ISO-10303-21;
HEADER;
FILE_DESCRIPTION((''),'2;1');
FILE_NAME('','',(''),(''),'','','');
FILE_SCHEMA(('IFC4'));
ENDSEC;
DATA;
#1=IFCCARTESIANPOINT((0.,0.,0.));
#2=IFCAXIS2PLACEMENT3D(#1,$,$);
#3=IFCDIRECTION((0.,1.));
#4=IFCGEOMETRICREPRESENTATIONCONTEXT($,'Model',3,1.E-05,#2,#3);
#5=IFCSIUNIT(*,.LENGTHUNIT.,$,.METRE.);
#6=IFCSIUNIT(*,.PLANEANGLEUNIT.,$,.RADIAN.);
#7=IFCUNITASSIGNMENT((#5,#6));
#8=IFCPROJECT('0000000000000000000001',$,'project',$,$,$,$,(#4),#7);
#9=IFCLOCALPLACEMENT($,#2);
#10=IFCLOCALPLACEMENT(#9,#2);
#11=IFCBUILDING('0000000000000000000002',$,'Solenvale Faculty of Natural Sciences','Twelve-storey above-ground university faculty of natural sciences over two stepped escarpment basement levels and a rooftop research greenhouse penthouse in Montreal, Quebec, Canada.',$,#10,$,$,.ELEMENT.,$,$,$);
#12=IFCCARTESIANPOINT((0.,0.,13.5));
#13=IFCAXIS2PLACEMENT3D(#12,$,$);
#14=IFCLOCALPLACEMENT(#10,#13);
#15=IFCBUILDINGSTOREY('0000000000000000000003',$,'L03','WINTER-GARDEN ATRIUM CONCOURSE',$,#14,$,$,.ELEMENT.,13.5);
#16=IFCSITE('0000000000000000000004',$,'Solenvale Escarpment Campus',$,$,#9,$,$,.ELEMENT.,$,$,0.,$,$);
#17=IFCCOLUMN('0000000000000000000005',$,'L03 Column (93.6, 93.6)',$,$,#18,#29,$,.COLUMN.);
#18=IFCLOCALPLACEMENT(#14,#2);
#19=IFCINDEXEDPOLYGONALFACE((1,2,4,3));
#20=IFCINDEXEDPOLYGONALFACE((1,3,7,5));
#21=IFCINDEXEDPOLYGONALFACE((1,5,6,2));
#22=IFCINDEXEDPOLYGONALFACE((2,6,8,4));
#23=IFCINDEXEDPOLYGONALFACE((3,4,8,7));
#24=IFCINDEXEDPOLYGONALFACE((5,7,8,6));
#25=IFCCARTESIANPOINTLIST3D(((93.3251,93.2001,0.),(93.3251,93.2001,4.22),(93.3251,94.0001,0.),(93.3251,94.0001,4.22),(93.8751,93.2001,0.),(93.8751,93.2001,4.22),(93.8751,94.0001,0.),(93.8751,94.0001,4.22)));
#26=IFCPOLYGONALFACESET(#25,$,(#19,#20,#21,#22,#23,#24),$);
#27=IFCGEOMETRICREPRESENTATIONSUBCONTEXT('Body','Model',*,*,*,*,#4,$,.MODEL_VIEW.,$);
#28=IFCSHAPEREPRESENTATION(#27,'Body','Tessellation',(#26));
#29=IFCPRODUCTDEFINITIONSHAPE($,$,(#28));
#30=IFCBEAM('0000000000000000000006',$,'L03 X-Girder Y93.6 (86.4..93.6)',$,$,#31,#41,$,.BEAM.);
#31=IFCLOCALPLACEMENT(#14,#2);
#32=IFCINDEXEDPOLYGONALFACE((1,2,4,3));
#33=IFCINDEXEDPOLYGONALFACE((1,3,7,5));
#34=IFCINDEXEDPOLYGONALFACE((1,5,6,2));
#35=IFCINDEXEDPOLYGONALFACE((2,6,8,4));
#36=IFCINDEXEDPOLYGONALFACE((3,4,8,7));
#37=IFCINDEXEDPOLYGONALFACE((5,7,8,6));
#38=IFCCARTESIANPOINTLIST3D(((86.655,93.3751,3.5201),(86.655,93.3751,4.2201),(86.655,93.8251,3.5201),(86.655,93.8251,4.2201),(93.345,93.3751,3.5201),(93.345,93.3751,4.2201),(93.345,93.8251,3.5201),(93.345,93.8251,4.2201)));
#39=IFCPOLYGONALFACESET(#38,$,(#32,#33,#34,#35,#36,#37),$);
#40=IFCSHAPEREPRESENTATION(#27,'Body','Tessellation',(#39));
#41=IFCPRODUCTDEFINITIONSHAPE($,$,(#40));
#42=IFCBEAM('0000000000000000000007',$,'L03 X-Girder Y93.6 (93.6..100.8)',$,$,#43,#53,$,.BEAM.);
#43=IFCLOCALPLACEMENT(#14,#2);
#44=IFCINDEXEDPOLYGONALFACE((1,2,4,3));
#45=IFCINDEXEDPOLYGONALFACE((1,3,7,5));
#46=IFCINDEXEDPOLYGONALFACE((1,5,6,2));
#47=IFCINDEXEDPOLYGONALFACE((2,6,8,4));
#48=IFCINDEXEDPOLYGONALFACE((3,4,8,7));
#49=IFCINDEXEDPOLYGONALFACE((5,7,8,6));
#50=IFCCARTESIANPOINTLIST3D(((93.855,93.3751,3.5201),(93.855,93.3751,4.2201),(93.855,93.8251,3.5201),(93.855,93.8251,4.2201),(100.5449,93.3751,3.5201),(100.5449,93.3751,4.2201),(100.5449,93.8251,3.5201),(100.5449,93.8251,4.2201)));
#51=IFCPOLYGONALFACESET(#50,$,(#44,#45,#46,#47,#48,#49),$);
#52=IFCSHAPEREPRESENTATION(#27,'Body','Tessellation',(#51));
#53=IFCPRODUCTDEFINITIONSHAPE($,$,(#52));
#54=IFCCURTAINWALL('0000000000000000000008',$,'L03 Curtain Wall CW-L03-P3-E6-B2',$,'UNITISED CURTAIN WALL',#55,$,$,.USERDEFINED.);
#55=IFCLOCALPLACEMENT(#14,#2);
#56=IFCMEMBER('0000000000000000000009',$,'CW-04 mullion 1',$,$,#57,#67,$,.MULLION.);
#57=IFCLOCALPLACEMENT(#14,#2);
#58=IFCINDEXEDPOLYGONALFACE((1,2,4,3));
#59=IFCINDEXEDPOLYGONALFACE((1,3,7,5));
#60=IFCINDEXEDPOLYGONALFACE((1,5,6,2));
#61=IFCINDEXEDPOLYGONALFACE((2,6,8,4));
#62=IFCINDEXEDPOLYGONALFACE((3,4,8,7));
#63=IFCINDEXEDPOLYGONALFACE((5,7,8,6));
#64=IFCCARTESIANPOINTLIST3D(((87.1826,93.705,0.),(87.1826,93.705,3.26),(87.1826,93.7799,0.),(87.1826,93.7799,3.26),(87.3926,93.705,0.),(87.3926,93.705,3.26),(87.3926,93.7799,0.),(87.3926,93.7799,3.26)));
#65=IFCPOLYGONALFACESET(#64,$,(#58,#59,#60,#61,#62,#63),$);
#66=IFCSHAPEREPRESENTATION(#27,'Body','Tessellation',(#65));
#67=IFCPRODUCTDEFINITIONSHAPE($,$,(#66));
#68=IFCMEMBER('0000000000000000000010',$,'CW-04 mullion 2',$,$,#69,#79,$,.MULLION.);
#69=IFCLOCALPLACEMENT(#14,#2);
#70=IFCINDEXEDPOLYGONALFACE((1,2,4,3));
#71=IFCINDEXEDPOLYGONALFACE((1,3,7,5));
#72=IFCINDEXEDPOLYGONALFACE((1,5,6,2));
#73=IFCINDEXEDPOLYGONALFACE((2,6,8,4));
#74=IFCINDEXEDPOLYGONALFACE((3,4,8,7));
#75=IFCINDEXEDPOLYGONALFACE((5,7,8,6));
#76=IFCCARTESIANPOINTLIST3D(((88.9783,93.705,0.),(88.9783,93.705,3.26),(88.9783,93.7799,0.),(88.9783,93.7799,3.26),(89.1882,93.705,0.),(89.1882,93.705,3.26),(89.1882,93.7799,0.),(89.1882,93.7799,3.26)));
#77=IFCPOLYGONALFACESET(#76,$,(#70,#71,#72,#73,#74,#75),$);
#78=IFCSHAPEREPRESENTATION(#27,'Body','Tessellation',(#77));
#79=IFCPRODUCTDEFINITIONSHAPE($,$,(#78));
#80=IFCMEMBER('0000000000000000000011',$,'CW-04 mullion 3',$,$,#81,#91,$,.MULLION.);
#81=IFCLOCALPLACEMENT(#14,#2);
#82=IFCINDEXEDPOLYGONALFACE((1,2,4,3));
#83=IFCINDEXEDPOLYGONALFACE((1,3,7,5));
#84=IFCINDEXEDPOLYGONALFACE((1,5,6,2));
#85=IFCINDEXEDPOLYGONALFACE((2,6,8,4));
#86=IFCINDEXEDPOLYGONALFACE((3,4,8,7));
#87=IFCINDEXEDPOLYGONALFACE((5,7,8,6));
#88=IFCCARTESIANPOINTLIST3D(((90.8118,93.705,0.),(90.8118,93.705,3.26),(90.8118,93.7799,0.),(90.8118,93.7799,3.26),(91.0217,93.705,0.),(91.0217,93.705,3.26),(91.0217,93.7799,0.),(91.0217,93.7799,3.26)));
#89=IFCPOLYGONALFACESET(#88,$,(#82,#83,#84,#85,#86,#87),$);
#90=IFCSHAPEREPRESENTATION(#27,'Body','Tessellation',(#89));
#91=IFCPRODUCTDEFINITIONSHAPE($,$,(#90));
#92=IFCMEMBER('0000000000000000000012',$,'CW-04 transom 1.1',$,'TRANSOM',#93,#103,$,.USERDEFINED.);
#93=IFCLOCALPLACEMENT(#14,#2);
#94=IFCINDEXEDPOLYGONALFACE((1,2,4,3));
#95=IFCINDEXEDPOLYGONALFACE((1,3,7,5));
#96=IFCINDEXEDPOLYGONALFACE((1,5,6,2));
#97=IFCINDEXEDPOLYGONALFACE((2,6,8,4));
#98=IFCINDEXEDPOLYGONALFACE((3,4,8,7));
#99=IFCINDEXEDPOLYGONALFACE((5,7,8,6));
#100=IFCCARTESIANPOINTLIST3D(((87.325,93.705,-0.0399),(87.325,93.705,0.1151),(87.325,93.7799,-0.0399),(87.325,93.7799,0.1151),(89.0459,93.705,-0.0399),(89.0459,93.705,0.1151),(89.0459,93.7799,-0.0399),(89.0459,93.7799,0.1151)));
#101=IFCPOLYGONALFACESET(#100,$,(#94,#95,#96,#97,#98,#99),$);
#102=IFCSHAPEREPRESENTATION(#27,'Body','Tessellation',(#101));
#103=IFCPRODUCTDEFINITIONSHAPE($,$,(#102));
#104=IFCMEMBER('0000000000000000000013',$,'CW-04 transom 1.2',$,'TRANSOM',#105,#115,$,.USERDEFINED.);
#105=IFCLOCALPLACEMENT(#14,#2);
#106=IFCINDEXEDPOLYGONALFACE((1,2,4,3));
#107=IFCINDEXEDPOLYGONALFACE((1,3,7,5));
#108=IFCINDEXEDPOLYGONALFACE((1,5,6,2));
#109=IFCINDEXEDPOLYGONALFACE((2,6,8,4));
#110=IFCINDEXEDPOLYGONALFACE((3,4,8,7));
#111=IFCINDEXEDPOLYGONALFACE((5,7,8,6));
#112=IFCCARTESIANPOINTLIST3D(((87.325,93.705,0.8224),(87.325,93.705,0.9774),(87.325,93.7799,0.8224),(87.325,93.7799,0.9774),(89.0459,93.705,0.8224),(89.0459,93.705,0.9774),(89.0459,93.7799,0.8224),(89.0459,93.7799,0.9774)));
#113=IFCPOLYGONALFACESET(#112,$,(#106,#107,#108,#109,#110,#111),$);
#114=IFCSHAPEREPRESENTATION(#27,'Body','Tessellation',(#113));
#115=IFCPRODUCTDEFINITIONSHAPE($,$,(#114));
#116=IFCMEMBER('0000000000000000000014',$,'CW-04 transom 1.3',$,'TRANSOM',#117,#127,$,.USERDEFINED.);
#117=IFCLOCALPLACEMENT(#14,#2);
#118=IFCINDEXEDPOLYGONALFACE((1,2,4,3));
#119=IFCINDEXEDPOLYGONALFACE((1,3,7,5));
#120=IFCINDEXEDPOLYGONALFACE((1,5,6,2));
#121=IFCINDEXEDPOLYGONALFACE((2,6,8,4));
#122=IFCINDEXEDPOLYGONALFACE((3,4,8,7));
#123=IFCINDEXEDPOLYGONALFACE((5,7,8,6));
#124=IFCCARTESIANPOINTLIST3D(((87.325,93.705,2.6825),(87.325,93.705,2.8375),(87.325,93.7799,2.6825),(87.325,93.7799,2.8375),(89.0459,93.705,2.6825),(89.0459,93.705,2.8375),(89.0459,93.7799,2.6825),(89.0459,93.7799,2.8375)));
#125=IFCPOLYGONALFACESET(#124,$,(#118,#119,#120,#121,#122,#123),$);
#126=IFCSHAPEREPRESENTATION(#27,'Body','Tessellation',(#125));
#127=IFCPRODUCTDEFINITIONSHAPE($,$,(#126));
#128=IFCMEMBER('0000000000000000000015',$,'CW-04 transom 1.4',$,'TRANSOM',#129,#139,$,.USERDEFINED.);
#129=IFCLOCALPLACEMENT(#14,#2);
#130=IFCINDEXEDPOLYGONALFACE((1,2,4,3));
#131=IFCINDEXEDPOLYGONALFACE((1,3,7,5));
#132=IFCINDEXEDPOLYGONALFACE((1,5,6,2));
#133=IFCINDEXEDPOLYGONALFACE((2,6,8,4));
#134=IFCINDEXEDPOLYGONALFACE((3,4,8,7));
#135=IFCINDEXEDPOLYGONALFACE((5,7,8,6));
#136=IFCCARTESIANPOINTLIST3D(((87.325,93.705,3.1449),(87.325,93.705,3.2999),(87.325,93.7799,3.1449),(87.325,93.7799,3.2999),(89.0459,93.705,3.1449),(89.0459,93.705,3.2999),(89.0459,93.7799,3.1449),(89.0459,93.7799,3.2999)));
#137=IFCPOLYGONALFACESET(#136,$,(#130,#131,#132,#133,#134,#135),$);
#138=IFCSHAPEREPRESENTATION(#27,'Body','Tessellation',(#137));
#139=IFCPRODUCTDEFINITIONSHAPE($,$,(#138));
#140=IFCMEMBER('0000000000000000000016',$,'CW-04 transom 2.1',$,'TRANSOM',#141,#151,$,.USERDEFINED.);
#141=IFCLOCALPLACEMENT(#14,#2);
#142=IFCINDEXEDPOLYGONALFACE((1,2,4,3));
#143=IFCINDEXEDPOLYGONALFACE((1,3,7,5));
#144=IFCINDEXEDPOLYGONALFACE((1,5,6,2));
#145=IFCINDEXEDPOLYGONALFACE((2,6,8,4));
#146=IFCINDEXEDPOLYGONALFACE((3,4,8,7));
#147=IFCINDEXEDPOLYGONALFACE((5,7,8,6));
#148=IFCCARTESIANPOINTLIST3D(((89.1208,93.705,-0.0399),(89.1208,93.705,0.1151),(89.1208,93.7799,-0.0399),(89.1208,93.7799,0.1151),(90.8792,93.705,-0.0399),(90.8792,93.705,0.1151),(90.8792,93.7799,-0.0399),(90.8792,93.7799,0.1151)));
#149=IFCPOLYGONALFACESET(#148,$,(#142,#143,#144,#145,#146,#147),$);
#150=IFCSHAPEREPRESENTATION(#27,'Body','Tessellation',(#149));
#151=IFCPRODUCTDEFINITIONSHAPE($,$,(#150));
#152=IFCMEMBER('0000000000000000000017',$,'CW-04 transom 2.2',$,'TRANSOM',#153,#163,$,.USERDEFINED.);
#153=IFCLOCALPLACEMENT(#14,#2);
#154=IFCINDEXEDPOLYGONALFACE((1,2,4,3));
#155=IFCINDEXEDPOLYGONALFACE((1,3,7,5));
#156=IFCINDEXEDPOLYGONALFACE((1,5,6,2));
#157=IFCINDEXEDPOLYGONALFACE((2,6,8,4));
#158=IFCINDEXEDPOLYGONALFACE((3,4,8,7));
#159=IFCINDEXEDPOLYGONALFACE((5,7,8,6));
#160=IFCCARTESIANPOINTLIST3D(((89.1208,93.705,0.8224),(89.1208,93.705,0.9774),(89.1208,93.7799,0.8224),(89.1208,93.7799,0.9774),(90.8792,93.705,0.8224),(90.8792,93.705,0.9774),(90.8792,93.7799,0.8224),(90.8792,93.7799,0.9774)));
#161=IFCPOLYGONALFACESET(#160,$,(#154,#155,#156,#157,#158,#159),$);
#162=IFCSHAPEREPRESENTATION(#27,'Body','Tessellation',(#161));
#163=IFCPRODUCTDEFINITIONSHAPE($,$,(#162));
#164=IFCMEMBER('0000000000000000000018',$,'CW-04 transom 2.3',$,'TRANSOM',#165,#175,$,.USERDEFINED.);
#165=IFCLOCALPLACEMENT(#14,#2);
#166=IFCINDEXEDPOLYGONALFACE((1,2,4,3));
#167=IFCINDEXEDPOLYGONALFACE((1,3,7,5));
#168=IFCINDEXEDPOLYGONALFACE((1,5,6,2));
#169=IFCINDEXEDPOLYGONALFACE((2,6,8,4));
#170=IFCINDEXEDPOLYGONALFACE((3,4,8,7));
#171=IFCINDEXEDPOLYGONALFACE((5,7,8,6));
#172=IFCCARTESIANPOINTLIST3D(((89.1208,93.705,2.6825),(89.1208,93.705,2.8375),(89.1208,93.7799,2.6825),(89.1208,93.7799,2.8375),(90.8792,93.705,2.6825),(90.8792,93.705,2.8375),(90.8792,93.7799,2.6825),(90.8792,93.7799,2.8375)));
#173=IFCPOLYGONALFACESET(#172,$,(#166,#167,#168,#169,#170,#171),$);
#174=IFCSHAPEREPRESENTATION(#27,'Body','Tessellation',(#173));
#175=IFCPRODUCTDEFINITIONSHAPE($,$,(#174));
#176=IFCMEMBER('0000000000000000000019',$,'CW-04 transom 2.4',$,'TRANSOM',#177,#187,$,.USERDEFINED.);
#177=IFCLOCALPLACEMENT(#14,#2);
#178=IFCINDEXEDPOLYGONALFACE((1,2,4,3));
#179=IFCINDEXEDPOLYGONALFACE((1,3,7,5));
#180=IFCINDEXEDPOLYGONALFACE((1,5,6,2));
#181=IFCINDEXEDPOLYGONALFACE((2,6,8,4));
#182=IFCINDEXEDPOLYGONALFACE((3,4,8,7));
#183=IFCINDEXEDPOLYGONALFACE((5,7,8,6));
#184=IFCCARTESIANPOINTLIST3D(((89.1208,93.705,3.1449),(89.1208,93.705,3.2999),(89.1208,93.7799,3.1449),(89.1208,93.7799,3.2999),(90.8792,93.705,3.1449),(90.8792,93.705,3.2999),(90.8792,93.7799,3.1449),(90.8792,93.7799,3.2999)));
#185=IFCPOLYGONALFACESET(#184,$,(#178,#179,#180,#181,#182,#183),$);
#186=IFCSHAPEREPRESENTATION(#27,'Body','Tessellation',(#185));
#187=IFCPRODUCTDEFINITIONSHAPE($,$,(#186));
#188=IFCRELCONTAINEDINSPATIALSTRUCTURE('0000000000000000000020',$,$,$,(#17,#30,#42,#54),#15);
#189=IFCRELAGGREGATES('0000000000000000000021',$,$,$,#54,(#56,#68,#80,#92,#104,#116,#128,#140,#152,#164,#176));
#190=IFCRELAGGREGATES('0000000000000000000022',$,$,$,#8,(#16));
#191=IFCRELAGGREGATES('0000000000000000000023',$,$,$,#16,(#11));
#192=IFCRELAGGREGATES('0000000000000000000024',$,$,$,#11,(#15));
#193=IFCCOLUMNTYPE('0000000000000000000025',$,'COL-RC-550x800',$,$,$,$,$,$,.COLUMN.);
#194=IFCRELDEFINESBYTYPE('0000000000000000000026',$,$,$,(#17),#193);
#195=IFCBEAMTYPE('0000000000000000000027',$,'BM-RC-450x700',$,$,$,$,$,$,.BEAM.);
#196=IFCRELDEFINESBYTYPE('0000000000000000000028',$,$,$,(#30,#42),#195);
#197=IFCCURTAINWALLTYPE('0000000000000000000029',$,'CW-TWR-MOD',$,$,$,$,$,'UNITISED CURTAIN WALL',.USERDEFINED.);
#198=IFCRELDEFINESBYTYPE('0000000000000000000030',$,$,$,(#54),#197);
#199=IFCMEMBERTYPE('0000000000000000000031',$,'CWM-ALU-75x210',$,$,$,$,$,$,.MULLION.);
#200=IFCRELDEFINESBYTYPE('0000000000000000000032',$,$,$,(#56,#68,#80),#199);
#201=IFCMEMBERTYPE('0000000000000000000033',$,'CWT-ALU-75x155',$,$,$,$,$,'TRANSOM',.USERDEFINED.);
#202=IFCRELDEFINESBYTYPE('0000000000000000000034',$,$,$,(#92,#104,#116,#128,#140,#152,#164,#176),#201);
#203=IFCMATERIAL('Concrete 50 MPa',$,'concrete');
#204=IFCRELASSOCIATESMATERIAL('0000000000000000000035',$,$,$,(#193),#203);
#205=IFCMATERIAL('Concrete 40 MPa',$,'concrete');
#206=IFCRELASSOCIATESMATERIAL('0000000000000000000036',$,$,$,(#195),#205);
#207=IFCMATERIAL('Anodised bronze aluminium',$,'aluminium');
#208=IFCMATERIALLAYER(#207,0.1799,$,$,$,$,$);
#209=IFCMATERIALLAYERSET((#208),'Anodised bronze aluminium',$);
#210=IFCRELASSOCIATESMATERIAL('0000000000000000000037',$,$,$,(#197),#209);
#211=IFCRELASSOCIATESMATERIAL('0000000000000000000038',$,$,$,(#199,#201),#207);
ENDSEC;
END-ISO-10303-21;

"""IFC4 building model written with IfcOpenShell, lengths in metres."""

from ifc_helpers import new_model, si_unit, direction, frame, origin, origin_2d, place, context, subcontext, project, spatial, rectangle, extrude, material, layer, layer_set, material_profile, profile_set, type_object, element, aggregate, save


model = new_model("IFC4")

# Units and contexts
model_context = context("Model", 3, precision=1e-05, world=origin(), true_north=direction((0.0, 1.0)))
body_context = subcontext(model_context, "Body", "Model", "MODEL_VIEW")
ifc_project = project(units=[si_unit("LENGTHUNIT", "METRE"), si_unit("PLANEANGLEUNIT", "RADIAN")], contexts=[model_context])

# Site, building, storey
site_placement = place(None, origin())
site = spatial("IfcSite", under=ifc_project, at=site_placement, Name="Solenvale Escarpment Campus", CompositionType="ELEMENT", RefElevation=0.0)
building_placement = place(site_placement, origin())
building = spatial("IfcBuilding", under=site, at=building_placement, Name="Solenvale Faculty of Natural Sciences", Description="Twelve-storey above-ground university faculty of natural sciences over two stepped escarpment basement levels and a rooftop research greenhouse penthouse in Montreal, Quebec, Canada.", CompositionType="ELEMENT")
storey_placement = place(building_placement, frame((0.0, 0.0, 13.5)))
storey = spatial("IfcBuildingStorey", under=building, at=storey_placement, Name="L03", Description="WINTER-GARDEN ATRIUM CONCOURSE", CompositionType="ELEMENT", Elevation=13.5)

# Column
ifc_material_1 = material(Name="Concrete 50 MPa", Category="concrete")
ifc_material_profile_1 = material_profile(ifc_material_1, rectangle(XDim=0.55, YDim=0.8, at=origin_2d()), Name="RC-COL-550x800")
ifc_profile_set_1 = profile_set([ifc_material_profile_1], Name="Concrete 50 MPa")
column_type = type_object("IfcColumnType", Name="COL-RC-550x800", PredefinedType="COLUMN", material=ifc_profile_set_1)
column_placement = place(storey_placement, frame((93.6001, 93.6001, 0.0), z_axis=(0.0, 0.0, 1.0), x_axis=(1.0, 0.0, 0.0)))
element("IfcColumn", 1, at=column_placement, inside=storey, type_object=column_type, Name="L03 Column (93.6, 93.6)", PredefinedType="COLUMN", context=body_context, shape_type="SweptSolid", body=[
    extrude(rectangle(XDim=0.55, YDim=0.8, at=origin_2d()), origin(), (0.0, 0.0, 1.0), 4.22),
])

# Beams
ifc_material_2 = material(Name="Concrete 40 MPa", Category="concrete")
ifc_material_profile_2 = material_profile(ifc_material_2, rectangle(XDim=0.45, YDim=0.7, at=origin_2d()), Name="RC-BM-450x700")
ifc_profile_set_2 = profile_set([ifc_material_profile_2], Name="Concrete 40 MPa")
beam_type = type_object("IfcBeamType", Name="BM-RC-450x700", PredefinedType="BEAM", material=ifc_profile_set_2)
for number, where, z_axis, x_axis, name in (
    (2, (86.655, 93.6001, 3.8701), (1.0, 0.0, 0.0), (0.0, 1.0, 0.0), "L03 X-Girder Y93.6 (86.4..93.6)"),
    (3, (93.855, 93.6001, 3.8701), (1.0, 0.0, 0.0), (0.0, 1.0, 0.0), "L03 X-Girder Y93.6 (93.6..100.8)"),
):
    element("IfcBeam", number, at=place(storey_placement, frame(where, z_axis=z_axis, x_axis=x_axis)), inside=storey, type_object=beam_type, Name=name, PredefinedType="BEAM", context=body_context, shape_type="SweptSolid", body=[
        extrude(rectangle(XDim=0.45, YDim=0.7, at=origin_2d()), origin(), (0.0, 0.0, 1.0), 6.6899),
    ])

# Curtain wall, members
ifc_material_3 = material(Name="Anodised bronze aluminium", Category="aluminium")
ifc_layer_1 = layer(ifc_material_3, 0.1799)
ifc_layer_set_1 = layer_set([ifc_layer_1], Name="Anodised bronze aluminium")
curtain_wall_type = type_object("IfcCurtainWallType", Name="CW-TWR-MOD", ElementType="UNITISED CURTAIN WALL", PredefinedType="USERDEFINED", material=ifc_layer_set_1)
curtain_wall_placement = place(storey_placement, origin())
curtain_wall = element("IfcCurtainWall", 4, at=curtain_wall_placement, inside=storey, type_object=curtain_wall_type, Name="L03 Curtain Wall CW-L03-P3-E6-B2", ObjectType="UNITISED CURTAIN WALL", PredefinedType="USERDEFINED")
ifc_material_profile_3 = material_profile(ifc_material_3, rectangle(XDim=0.075, YDim=0.21, at=origin_2d()), Name="ALU-MUL-75x210")
ifc_profile_set_3 = profile_set([ifc_material_profile_3], Name="Anodised bronze aluminium")
member_type_1 = type_object("IfcMemberType", Name="CWM-ALU-75x210", PredefinedType="MULLION", material=ifc_profile_set_3)
member_1_placement = place(storey_placement, frame((87.2876, 93.7424, 0.0), z_axis=(0.0, 0.0, 1.0), x_axis=(0.0, 1.0, 0.0)))
member_1 = element("IfcMember", 5, at=member_1_placement, type_object=member_type_1, Name="CW-04 mullion 1", PredefinedType="MULLION", context=body_context, shape_type="SweptSolid", body=[
    extrude(rectangle(XDim=0.075, YDim=0.21, at=origin_2d()), origin(), (0.0, 0.0, 1.0), 3.26),
])
member_2_placement = place(storey_placement, frame((89.0833, 93.7424, 0.0), z_axis=(0.0, 0.0, 1.0), x_axis=(0.0, 1.0, 0.0)))
member_2 = element("IfcMember", 6, at=member_2_placement, type_object=member_type_1, Name="CW-04 mullion 2", PredefinedType="MULLION", context=body_context, shape_type="SweptSolid", body=[
    extrude(rectangle(XDim=0.075, YDim=0.21, at=origin_2d()), origin(), (0.0, 0.0, 1.0), 3.26),
])
member_3_placement = place(storey_placement, frame((90.9167, 93.7424, 0.0), z_axis=(0.0, 0.0, 1.0), x_axis=(0.0, 1.0, 0.0)))
member_3 = element("IfcMember", 7, at=member_3_placement, type_object=member_type_1, Name="CW-04 mullion 3", PredefinedType="MULLION", context=body_context, shape_type="SweptSolid", body=[
    extrude(rectangle(XDim=0.075, YDim=0.21, at=origin_2d()), origin(), (0.0, 0.0, 1.0), 3.26),
])
ifc_material_profile_4 = material_profile(ifc_material_3, rectangle(XDim=0.075, YDim=0.155, at=origin_2d()), Name="ALU-TRN-75x155")
ifc_profile_set_4 = profile_set([ifc_material_profile_4], Name="Anodised bronze aluminium")
member_type_2 = type_object("IfcMemberType", Name="CWT-ALU-75x155", ElementType="TRANSOM", PredefinedType="USERDEFINED", material=ifc_profile_set_4)
member_4_placement = place(storey_placement, frame((87.325, 93.7424, 0.0376), z_axis=(1.0, 0.0, 0.0), x_axis=(0.0, 1.0, 0.0)))
member_4 = element("IfcMember", 8, at=member_4_placement, type_object=member_type_2, Name="CW-04 transom 1.1", ObjectType="TRANSOM", PredefinedType="USERDEFINED", context=body_context, shape_type="SweptSolid", body=[
    extrude(rectangle(XDim=0.075, YDim=0.155, at=origin_2d()), origin(), (0.0, 0.0, 1.0), 1.7209),
])
member_5_placement = place(storey_placement, frame((87.325, 93.7424, 0.8999), z_axis=(1.0, 0.0, 0.0), x_axis=(0.0, 1.0, 0.0)))
member_5 = element("IfcMember", 9, at=member_5_placement, type_object=member_type_2, Name="CW-04 transom 1.2", ObjectType="TRANSOM", PredefinedType="USERDEFINED", context=body_context, shape_type="SweptSolid", body=[
    extrude(rectangle(XDim=0.075, YDim=0.155, at=origin_2d()), origin(), (0.0, 0.0, 1.0), 1.7209),
])
member_6_placement = place(storey_placement, frame((87.325, 93.7424, 2.76), z_axis=(1.0, 0.0, 0.0), x_axis=(0.0, 1.0, 0.0)))
member_6 = element("IfcMember", 10, at=member_6_placement, type_object=member_type_2, Name="CW-04 transom 1.3", ObjectType="TRANSOM", PredefinedType="USERDEFINED", context=body_context, shape_type="SweptSolid", body=[
    extrude(rectangle(XDim=0.075, YDim=0.155, at=origin_2d()), origin(), (0.0, 0.0, 1.0), 1.7209),
])
member_7_placement = place(storey_placement, frame((87.325, 93.7424, 3.2224), z_axis=(1.0, 0.0, 0.0), x_axis=(0.0, 1.0, 0.0)))
member_7 = element("IfcMember", 11, at=member_7_placement, type_object=member_type_2, Name="CW-04 transom 1.4", ObjectType="TRANSOM", PredefinedType="USERDEFINED", context=body_context, shape_type="SweptSolid", body=[
    extrude(rectangle(XDim=0.075, YDim=0.155, at=origin_2d()), origin(), (0.0, 0.0, 1.0), 1.7209),
])
member_8_placement = place(storey_placement, frame((89.1208, 93.7424, 0.0376), z_axis=(1.0, 0.0, 0.0), x_axis=(0.0, 1.0, 0.0)))
member_8 = element("IfcMember", 12, at=member_8_placement, type_object=member_type_2, Name="CW-04 transom 2.1", ObjectType="TRANSOM", PredefinedType="USERDEFINED", context=body_context, shape_type="SweptSolid", body=[
    extrude(rectangle(XDim=0.075, YDim=0.155, at=origin_2d()), origin(), (0.0, 0.0, 1.0), 1.7583),
])
member_9_placement = place(storey_placement, frame((89.1208, 93.7424, 0.8999), z_axis=(1.0, 0.0, 0.0), x_axis=(0.0, 1.0, 0.0)))
member_9 = element("IfcMember", 13, at=member_9_placement, type_object=member_type_2, Name="CW-04 transom 2.2", ObjectType="TRANSOM", PredefinedType="USERDEFINED", context=body_context, shape_type="SweptSolid", body=[
    extrude(rectangle(XDim=0.075, YDim=0.155, at=origin_2d()), origin(), (0.0, 0.0, 1.0), 1.7583),
])
member_10_placement = place(storey_placement, frame((89.1208, 93.7424, 2.76), z_axis=(1.0, 0.0, 0.0), x_axis=(0.0, 1.0, 0.0)))
member_10 = element("IfcMember", 14, at=member_10_placement, type_object=member_type_2, Name="CW-04 transom 2.3", ObjectType="TRANSOM", PredefinedType="USERDEFINED", context=body_context, shape_type="SweptSolid", body=[
    extrude(rectangle(XDim=0.075, YDim=0.155, at=origin_2d()), origin(), (0.0, 0.0, 1.0), 1.7583),
])
member_11_placement = place(storey_placement, frame((89.1208, 93.7424, 3.2224), z_axis=(1.0, 0.0, 0.0), x_axis=(0.0, 1.0, 0.0)))
member_11 = element("IfcMember", 15, at=member_11_placement, type_object=member_type_2, Name="CW-04 transom 2.4", ObjectType="TRANSOM", PredefinedType="USERDEFINED", context=body_context, shape_type="SweptSolid", body=[
    extrude(rectangle(XDim=0.075, YDim=0.155, at=origin_2d()), origin(), (0.0, 0.0, 1.0), 1.7583),
])
aggregate(curtain_wall, [member_1, member_2, member_3, member_4, member_5, member_6, member_7, member_8, member_9, member_10, member_11])

save(model, "model.ifc")
